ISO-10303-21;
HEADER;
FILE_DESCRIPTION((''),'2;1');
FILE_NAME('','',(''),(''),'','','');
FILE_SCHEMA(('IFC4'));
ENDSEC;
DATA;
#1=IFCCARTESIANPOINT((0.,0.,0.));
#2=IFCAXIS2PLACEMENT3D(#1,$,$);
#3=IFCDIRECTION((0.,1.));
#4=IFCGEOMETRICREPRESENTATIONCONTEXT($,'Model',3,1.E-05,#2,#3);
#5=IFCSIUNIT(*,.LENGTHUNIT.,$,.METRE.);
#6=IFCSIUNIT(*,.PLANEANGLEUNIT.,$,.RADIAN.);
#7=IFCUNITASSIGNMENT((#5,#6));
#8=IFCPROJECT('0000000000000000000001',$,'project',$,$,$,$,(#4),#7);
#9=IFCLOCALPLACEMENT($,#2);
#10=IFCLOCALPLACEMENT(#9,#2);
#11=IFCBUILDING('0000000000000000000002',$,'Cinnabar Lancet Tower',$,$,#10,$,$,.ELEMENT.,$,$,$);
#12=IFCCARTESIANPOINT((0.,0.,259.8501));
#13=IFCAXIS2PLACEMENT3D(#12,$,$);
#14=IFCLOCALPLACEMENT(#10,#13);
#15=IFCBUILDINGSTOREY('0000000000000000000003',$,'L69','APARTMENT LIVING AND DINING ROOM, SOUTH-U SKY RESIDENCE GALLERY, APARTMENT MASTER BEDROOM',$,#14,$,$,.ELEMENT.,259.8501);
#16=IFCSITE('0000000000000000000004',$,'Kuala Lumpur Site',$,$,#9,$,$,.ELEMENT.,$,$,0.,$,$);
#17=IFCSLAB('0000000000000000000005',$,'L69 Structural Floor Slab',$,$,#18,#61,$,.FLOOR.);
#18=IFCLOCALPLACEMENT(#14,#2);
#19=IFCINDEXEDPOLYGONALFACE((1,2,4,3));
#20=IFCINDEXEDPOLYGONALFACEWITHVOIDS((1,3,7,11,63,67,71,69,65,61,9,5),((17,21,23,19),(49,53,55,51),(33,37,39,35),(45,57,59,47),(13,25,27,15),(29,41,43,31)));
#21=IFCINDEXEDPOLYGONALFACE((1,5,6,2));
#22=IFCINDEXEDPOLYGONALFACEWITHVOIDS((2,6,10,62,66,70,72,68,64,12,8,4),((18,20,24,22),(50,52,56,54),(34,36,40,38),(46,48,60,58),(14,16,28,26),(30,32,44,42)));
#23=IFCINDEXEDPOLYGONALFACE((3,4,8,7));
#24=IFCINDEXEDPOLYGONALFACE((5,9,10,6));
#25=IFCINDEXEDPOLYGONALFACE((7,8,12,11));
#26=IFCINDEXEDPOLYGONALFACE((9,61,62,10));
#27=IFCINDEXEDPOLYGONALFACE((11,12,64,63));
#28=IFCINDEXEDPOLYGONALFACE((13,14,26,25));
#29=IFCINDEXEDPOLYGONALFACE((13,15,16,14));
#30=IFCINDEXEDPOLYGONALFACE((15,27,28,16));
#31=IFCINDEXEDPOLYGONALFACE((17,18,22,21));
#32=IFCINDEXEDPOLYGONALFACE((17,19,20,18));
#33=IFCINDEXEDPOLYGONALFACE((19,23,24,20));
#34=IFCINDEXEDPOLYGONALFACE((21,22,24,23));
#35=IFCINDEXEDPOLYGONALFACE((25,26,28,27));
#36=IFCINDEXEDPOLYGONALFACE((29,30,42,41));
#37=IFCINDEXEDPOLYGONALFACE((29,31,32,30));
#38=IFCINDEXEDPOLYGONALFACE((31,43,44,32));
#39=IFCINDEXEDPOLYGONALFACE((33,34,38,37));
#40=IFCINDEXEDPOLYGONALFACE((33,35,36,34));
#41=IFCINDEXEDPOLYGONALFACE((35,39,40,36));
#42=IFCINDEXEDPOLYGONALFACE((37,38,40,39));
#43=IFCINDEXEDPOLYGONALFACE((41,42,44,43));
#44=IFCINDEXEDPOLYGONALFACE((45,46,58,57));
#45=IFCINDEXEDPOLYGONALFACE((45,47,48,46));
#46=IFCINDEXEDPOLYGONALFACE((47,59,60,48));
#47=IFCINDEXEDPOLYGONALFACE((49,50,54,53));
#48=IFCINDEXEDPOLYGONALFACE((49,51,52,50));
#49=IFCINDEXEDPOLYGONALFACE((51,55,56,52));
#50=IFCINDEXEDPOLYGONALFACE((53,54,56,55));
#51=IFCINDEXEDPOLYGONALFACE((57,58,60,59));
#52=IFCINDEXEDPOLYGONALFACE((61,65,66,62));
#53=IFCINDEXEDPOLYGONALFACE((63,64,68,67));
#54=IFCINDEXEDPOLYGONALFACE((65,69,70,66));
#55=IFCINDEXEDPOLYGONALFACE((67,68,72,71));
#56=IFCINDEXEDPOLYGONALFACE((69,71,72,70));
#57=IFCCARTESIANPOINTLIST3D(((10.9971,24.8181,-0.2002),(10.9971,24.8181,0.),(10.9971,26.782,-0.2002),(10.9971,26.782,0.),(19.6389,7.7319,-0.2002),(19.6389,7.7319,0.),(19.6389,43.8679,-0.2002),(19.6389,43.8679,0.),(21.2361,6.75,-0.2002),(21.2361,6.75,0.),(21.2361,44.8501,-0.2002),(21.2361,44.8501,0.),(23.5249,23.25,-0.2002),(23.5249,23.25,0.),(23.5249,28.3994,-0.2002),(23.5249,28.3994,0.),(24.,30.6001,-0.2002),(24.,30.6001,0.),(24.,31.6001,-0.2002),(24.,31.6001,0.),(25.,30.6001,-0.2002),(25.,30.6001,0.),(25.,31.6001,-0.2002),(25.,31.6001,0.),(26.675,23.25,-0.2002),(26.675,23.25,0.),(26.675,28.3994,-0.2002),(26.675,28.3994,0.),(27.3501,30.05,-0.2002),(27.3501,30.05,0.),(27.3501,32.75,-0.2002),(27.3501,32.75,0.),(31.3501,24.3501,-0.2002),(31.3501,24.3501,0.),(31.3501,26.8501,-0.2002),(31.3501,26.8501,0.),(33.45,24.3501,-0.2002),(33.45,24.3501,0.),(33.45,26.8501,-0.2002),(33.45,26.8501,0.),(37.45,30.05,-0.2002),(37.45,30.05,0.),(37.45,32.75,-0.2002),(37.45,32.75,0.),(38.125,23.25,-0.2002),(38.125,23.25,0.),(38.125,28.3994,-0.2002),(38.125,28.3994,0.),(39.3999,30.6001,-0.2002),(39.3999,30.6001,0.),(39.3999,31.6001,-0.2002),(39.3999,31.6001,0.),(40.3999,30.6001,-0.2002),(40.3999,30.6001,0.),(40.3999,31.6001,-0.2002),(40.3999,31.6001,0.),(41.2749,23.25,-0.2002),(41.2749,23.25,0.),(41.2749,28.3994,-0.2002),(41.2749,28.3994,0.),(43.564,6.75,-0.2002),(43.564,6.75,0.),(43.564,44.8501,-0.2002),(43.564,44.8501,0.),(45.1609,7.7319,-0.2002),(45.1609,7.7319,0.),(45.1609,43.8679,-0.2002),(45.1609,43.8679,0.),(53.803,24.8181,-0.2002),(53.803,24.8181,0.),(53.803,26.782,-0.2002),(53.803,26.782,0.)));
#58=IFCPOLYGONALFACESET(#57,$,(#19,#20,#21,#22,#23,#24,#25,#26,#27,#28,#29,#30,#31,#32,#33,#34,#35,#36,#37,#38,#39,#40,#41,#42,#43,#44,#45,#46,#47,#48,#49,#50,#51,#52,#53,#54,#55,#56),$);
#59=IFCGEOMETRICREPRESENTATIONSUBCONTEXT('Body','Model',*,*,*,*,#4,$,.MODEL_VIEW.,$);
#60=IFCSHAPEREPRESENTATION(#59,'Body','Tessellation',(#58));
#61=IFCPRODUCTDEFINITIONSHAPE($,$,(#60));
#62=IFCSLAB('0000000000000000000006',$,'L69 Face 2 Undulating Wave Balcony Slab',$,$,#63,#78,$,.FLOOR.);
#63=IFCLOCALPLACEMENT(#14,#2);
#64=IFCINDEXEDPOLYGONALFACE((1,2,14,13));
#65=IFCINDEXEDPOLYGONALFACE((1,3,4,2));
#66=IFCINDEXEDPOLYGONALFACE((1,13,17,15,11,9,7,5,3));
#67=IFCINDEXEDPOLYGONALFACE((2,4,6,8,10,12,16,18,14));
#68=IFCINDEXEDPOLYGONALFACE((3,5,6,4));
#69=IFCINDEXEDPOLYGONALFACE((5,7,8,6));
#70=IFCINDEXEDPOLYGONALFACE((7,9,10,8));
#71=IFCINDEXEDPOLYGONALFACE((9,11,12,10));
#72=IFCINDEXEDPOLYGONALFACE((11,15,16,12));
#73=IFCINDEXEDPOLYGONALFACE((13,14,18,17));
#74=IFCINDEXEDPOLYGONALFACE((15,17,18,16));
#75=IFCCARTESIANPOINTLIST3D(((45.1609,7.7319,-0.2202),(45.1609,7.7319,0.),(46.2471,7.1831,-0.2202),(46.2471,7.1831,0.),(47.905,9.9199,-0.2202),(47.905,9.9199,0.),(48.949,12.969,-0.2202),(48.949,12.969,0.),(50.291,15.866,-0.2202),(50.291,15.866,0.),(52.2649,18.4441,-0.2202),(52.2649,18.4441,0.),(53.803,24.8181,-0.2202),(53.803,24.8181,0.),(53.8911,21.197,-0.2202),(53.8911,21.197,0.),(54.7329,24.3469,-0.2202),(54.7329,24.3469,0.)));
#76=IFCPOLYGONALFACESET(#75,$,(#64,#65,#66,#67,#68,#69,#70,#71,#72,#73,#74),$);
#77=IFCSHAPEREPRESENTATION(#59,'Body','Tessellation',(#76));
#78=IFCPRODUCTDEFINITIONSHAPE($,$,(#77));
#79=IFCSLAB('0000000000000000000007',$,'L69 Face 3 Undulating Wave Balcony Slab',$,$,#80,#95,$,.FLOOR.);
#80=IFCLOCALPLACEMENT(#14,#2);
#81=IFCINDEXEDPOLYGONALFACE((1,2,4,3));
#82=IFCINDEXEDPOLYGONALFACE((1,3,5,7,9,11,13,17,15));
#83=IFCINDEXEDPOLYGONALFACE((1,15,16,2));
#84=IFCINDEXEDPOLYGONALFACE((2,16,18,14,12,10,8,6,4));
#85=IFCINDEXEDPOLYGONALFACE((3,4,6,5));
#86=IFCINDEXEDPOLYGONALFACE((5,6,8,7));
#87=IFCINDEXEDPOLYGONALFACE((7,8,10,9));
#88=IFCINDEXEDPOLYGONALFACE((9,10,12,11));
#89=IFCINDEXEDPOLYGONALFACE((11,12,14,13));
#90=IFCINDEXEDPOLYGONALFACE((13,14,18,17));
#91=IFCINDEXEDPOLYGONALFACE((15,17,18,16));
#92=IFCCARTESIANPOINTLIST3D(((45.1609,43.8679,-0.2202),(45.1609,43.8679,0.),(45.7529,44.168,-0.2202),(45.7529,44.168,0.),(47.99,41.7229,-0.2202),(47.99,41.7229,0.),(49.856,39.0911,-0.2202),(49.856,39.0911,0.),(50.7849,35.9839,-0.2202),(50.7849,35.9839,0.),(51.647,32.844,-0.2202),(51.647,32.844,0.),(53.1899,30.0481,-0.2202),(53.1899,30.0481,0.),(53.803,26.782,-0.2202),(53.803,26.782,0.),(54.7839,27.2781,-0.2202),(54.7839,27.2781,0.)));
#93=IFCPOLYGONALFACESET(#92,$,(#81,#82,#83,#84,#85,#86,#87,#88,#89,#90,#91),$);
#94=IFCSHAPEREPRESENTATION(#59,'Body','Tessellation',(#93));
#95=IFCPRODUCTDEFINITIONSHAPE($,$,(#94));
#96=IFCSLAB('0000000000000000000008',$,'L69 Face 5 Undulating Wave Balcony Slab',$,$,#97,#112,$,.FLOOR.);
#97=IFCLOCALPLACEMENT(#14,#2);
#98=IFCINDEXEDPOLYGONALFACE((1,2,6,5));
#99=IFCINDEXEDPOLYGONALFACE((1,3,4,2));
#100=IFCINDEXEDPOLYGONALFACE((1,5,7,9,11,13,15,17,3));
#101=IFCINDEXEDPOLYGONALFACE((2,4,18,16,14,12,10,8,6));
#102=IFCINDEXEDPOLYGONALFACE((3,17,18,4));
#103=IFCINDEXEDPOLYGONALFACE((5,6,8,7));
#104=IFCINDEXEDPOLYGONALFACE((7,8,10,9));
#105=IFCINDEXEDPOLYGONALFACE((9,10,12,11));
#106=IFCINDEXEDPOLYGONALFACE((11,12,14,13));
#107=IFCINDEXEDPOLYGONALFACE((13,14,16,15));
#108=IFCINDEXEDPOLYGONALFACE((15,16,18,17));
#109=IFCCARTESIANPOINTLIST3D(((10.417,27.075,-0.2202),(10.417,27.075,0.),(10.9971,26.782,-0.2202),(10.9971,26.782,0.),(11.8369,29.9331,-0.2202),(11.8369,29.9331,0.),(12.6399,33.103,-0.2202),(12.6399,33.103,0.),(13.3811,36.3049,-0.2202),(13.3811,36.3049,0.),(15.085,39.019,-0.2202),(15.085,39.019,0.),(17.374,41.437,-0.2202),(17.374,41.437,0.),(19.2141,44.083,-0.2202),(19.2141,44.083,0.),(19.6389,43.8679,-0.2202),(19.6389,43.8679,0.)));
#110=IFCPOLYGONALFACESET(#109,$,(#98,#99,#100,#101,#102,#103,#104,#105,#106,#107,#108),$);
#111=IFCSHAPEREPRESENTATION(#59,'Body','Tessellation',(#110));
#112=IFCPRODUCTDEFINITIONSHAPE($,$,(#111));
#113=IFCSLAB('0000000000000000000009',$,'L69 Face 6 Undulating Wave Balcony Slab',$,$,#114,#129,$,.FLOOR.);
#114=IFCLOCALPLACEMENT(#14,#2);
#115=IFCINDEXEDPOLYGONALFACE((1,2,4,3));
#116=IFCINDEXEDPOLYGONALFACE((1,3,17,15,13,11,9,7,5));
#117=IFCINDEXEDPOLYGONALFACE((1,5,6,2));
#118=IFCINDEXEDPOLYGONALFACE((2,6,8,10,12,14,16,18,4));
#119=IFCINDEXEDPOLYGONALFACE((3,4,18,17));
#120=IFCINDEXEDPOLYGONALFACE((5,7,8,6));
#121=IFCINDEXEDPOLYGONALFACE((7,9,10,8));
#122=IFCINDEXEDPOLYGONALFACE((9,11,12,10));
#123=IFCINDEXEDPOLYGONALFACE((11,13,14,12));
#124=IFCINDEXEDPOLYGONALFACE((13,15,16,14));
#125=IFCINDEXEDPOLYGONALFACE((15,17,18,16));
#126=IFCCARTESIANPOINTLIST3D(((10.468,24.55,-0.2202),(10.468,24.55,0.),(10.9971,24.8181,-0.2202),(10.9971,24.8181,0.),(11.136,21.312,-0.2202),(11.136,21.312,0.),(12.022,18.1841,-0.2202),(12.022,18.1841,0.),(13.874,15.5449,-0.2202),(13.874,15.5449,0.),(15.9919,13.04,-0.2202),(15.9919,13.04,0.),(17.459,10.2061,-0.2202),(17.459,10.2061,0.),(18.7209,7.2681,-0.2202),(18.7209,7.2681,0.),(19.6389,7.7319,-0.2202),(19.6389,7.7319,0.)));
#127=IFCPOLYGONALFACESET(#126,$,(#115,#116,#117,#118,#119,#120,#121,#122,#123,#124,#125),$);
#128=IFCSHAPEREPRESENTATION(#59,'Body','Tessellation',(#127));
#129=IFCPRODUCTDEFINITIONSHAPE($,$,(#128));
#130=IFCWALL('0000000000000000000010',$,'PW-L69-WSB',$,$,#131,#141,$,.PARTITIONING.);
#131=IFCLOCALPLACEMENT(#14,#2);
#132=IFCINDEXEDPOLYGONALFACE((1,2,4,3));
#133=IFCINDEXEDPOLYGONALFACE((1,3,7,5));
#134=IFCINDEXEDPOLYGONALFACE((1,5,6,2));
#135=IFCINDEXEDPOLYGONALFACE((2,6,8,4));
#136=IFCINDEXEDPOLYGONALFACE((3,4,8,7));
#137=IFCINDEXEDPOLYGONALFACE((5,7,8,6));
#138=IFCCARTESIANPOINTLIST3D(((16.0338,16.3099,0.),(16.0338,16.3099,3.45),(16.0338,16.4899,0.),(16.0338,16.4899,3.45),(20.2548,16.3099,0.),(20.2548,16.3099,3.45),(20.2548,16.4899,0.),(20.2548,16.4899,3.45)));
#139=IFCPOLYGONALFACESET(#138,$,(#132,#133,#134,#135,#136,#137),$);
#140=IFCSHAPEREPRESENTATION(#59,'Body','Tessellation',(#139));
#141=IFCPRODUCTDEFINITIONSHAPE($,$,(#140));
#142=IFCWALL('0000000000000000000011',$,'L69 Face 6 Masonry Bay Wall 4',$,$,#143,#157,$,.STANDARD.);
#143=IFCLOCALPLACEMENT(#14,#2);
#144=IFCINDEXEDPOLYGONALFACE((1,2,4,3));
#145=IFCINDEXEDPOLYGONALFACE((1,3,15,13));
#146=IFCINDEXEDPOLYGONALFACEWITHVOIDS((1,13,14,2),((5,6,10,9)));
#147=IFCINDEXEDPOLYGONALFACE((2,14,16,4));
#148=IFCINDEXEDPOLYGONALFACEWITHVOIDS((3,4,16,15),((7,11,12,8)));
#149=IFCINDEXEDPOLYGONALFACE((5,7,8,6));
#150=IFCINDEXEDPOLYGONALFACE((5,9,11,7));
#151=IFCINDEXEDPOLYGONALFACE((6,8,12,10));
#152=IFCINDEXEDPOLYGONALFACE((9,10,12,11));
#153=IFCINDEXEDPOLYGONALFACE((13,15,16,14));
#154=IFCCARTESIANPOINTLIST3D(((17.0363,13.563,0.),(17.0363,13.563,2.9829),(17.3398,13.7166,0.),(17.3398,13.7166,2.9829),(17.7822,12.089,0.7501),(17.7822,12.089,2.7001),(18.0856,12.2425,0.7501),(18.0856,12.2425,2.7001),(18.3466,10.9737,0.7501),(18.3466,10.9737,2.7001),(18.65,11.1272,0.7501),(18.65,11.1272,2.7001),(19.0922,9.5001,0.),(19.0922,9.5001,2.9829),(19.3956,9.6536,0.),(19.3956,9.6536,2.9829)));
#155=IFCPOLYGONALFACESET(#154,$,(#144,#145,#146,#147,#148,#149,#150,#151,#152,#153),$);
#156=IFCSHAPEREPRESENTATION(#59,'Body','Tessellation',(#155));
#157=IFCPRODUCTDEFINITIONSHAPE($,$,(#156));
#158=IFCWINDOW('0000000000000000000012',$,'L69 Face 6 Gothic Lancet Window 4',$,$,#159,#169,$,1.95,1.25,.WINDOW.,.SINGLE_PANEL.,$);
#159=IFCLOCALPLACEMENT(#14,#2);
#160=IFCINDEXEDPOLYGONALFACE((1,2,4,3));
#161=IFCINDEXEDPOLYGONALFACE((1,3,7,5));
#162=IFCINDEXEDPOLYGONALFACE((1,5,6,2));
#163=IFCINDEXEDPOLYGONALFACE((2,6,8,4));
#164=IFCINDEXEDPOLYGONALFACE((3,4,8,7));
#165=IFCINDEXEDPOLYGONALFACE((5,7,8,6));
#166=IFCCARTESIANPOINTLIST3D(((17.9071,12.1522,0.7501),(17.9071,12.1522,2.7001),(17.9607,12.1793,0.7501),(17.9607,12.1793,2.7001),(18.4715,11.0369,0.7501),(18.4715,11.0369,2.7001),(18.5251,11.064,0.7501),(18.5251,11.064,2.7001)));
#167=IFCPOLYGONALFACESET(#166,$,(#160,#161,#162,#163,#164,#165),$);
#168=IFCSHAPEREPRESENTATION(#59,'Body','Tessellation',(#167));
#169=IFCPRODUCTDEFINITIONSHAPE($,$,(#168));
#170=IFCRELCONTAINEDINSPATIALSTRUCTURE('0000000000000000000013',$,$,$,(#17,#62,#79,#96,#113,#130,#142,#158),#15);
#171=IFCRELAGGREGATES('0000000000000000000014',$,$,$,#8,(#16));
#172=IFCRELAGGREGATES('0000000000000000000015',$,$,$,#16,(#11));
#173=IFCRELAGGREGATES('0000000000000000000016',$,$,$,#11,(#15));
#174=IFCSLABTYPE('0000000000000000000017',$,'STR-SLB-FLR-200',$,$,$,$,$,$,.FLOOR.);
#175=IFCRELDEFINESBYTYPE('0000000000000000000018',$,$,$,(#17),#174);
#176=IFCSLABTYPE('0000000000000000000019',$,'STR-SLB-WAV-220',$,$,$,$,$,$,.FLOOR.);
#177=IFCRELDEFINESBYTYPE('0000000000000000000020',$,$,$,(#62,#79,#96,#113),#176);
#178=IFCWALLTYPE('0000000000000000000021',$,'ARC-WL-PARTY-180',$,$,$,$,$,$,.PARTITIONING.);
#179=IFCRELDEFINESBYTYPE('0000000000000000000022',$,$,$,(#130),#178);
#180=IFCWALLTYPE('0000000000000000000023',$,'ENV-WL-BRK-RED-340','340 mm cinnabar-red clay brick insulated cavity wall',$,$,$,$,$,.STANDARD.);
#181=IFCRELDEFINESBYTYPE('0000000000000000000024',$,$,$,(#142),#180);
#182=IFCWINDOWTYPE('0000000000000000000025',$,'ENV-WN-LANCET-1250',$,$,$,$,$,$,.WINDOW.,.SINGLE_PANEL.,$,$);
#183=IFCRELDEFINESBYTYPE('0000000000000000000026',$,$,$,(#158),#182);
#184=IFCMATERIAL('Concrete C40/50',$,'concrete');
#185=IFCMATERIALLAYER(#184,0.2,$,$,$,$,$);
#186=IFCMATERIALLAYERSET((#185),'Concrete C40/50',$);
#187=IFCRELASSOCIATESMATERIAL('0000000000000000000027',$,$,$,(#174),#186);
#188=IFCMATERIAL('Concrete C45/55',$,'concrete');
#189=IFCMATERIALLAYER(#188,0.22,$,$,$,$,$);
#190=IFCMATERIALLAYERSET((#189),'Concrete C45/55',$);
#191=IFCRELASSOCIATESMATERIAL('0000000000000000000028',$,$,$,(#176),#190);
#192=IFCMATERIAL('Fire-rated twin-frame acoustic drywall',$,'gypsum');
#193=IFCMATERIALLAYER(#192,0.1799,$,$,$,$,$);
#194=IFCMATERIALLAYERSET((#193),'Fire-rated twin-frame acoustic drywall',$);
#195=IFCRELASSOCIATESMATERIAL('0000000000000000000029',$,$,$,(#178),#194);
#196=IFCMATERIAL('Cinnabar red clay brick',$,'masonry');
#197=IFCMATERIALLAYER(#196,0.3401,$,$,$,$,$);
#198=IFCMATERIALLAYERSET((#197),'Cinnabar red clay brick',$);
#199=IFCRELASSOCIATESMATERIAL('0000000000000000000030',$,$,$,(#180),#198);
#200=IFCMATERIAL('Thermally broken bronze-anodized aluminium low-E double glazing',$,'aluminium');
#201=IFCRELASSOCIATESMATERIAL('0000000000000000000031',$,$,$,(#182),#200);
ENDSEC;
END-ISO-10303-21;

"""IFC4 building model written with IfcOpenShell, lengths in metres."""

from ifc_helpers import new_model, si_unit, direction, frame, frame_2d, origin, place, context, subcontext, project, spatial, polyline, rectangle, outline, extrude, material, layer, layer_set, type_object, element, fill, save


model = new_model("IFC4")

# Units and contexts
model_context = context("Model", 3, precision=1e-05, world=origin(), true_north=direction((0.0, 1.0)))
body_context = subcontext(model_context, "Body", "Model", "MODEL_VIEW")
ifc_project = project(units=[si_unit("LENGTHUNIT", "METRE"), si_unit("PLANEANGLEUNIT", "RADIAN")], contexts=[model_context])

# Site, building, storey
site_placement = place(None, origin())
site = spatial("IfcSite", under=ifc_project, at=site_placement, Name="Kuala Lumpur Site", CompositionType="ELEMENT", RefElevation=0.0)
building_placement = place(site_placement, origin())
building = spatial("IfcBuilding", under=site, at=building_placement, Name="Cinnabar Lancet Tower", CompositionType="ELEMENT")
storey_placement = place(building_placement, frame((0.0, 0.0, 259.8501)))
storey = spatial("IfcBuildingStorey", under=building, at=storey_placement, Name="L69", Description="APARTMENT LIVING AND DINING ROOM, SOUTH-U SKY RESIDENCE GALLERY, APARTMENT MASTER BEDROOM", CompositionType="ELEMENT", Elevation=259.8501)

# Slabs
ifc_material_1 = material(Name="Concrete C40/50", Category="concrete")
ifc_layer_1 = layer(ifc_material_1, 0.2)
ifc_layer_set_1 = layer_set([ifc_layer_1], Name="Concrete C40/50")
slab_type_1 = type_object("IfcSlabType", Name="STR-SLB-FLR-200", PredefinedType="FLOOR", material=ifc_layer_set_1)
slab_1_placement = place(storey_placement, frame((0.0, 0.0, -0.2002)))
element("IfcSlab", 1, at=slab_1_placement, inside=storey, type_object=slab_type_1, Name="L69 Structural Floor Slab", PredefinedType="FLOOR", context=body_context, shape_type="SweptSolid", body=[
    extrude(outline(polyline([(19.6389, 7.7319), (21.2361, 6.75), (43.564, 6.75), (45.1609, 7.7319), (53.803, 24.8181), (53.803, 26.782), (45.1609, 43.8679), (43.564, 44.8501), (21.2361, 44.8501), (19.6389, 43.8679), (10.9971, 26.782), (10.9971, 24.8181), (19.6389, 7.7319)]), holes=[polyline([(23.5249, 23.25), (26.675, 23.25), (26.675, 28.3994), (23.5249, 28.3994), (23.5249, 23.25)]), polyline([(38.125, 23.25), (41.2749, 23.25), (41.2749, 28.3994), (38.125, 28.3994), (38.125, 23.25)]), polyline([(27.3501, 30.05), (37.45, 30.05), (37.45, 32.75), (27.3501, 32.75), (27.3501, 30.05)]), polyline([(31.3501, 24.3501), (33.45, 24.3501), (33.45, 26.8501), (31.3501, 26.8501), (31.3501, 24.3501)]), polyline([(24.0, 30.6001), (25.0, 30.6001), (25.0, 31.6001), (24.0, 31.6001), (24.0, 30.6001)]), polyline([(39.3999, 30.6001), (40.3999, 30.6001), (40.3999, 31.6001), (39.3999, 31.6001), (39.3999, 30.6001)])]), origin(), (0.0, 0.0, 1.0), 0.2002),
])
ifc_material_2 = material(Name="Concrete C45/55", Category="concrete")
ifc_layer_2 = layer(ifc_material_2, 0.22)
ifc_layer_set_2 = layer_set([ifc_layer_2], Name="Concrete C45/55")
slab_type_2 = type_object("IfcSlabType", Name="STR-SLB-WAV-220", PredefinedType="FLOOR", material=ifc_layer_set_2)
slab_2_placement = place(storey_placement, frame((0.0, 0.0, -0.2202)))
element("IfcSlab", 2, at=slab_2_placement, inside=storey, type_object=slab_type_2, Name="L69 Face 2 Undulating Wave Balcony Slab", PredefinedType="FLOOR", context=body_context, shape_type="SweptSolid", body=[
    extrude(outline(polyline([(45.1609, 7.7319), (46.2471, 7.1831), (47.905, 9.9199), (48.949, 12.969), (50.291, 15.866), (52.2649, 18.4441), (53.8911, 21.197), (54.7329, 24.3469), (53.803, 24.8181), (45.1609, 7.7319)])), origin(), (0.0, 0.0, 1.0), 0.2202),
])
slab_3_placement = place(storey_placement, frame((0.0, 0.0, -0.2202)))
element("IfcSlab", 3, at=slab_3_placement, inside=storey, type_object=slab_type_2, Name="L69 Face 3 Undulating Wave Balcony Slab", PredefinedType="FLOOR", context=body_context, shape_type="SweptSolid", body=[
    extrude(outline(polyline([(53.803, 26.782), (54.7839, 27.2781), (53.1899, 30.0481), (51.647, 32.844), (50.7849, 35.9839), (49.856, 39.0911), (47.99, 41.7229), (45.7529, 44.168), (45.1609, 43.8679), (53.803, 26.782)])), origin(), (0.0, 0.0, 1.0), 0.2202),
])
slab_4_placement = place(storey_placement, frame((0.0, 0.0, -0.2202)))
element("IfcSlab", 4, at=slab_4_placement, inside=storey, type_object=slab_type_2, Name="L69 Face 5 Undulating Wave Balcony Slab", PredefinedType="FLOOR", context=body_context, shape_type="SweptSolid", body=[
    extrude(outline(polyline([(19.6389, 43.8679), (19.2141, 44.083), (17.374, 41.437), (15.085, 39.019), (13.3811, 36.3049), (12.6399, 33.103), (11.8369, 29.9331), (10.417, 27.075), (10.9971, 26.782), (19.6389, 43.8679)])), origin(), (0.0, 0.0, 1.0), 0.2202),
])
slab_5_placement = place(storey_placement, frame((0.0, 0.0, -0.2202)))
element("IfcSlab", 5, at=slab_5_placement, inside=storey, type_object=slab_type_2, Name="L69 Face 6 Undulating Wave Balcony Slab", PredefinedType="FLOOR", context=body_context, shape_type="SweptSolid", body=[
    extrude(outline(polyline([(10.9971, 24.8181), (10.468, 24.55), (11.136, 21.312), (12.022, 18.1841), (13.874, 15.5449), (15.9919, 13.04), (17.459, 10.2061), (18.7209, 7.2681), (19.6389, 7.7319), (10.9971, 24.8181)])), origin(), (0.0, 0.0, 1.0), 0.2202),
])

# Wall
ifc_material_3 = material(Name="Fire-rated twin-frame acoustic drywall", Category="gypsum")
ifc_layer_3 = layer(ifc_material_3, 0.1799)
ifc_layer_set_3 = layer_set([ifc_layer_3], Name="Fire-rated twin-frame acoustic drywall")
wall_type_1 = type_object("IfcWallType", Name="ARC-WL-PARTY-180", PredefinedType="PARTITIONING", material=ifc_layer_set_3)
wall_1_placement = place(storey_placement, frame((16.0339, 16.3999, 0.0), z_axis=(0.0, 0.0, 1.0), x_axis=(1.0, 0.0, 0.0)))
element("IfcWall", 6, at=wall_1_placement, inside=storey, type_object=wall_type_1, Name="PW-L69-WSB", PredefinedType="PARTITIONING", context=body_context, shape_type="SweptSolid", body=[
    extrude(rectangle(XDim=4.2209, YDim=0.1799, at=frame_2d((2.1104, 0.0))), origin(), (0.0, 0.0, 1.0), 3.45),
])

# Wall, opening, window
ifc_material_4 = material(Name="Cinnabar red clay brick", Category="masonry")
ifc_layer_4 = layer(ifc_material_4, 0.3401)
ifc_layer_set_4 = layer_set([ifc_layer_4], Name="Cinnabar red clay brick")
wall_type_2 = type_object("IfcWallType", Name="ENV-WL-BRK-RED-340", Description="340 mm cinnabar-red clay brick insulated cavity wall", PredefinedType="STANDARD", material=ifc_layer_set_4)
wall_2_placement = place(storey_placement, frame((17.188, 13.6399, 0.0), z_axis=(0.0, 0.0, 1.0), x_axis=(0.451498, -0.892272, 0.0)))
wall_2 = element("IfcWall", 7, at=wall_2_placement, inside=storey, type_object=wall_type_2, Name="L69 Face 6 Masonry Bay Wall 4", PredefinedType="STANDARD", context=body_context, shape_type="SweptSolid", body=[
    extrude(rectangle(XDim=4.5535, YDim=0.3401, at=frame_2d((2.2769, 0.0))), origin(), (0.0, 0.0, 1.0), 2.9829),
])
opening_1_placement = place(wall_2_placement, frame((1.6521, 0.0, 0.75)))
opening_1 = element("IfcOpeningElement", 8, at=opening_1_placement, cuts=wall_2, PredefinedType="OPENING", context=body_context, shape_type="SweptSolid", body=[
    extrude(rectangle(XDim=1.25, YDim=1.95, at=frame_2d((0.625, 0.9751))), frame((0.0, 0.1799, 0.0), z_axis=(0.0, -1.0, 0.0), x_axis=(1.0, 0.0, 0.0)), (0.0, 0.0, 1.0), 0.3601),
])
ifc_material_5 = material(Name="Thermally broken bronze-anodized aluminium low-E double glazing", Category="aluminium")
window_type = type_object("IfcWindowType", Name="ENV-WN-LANCET-1250", PartitioningType="SINGLE_PANEL", PredefinedType="WINDOW", material=ifc_material_5)
window_placement = place(opening_1_placement, origin())
window = element("IfcWindow", 9, at=window_placement, inside=storey, type_object=window_type, Name="L69 Face 6 Gothic Lancet Window 4", OverallHeight=1.95, OverallWidth=1.25, PartitioningType="SINGLE_PANEL", PredefinedType="WINDOW", context=body_context, shape_type="SweptSolid", body=[
    extrude(rectangle(XDim=1.25, YDim=1.95, at=frame_2d((0.625, 0.9751))), frame((0.0, 0.03, 0.0), z_axis=(0.0, -1.0, 0.0), x_axis=(1.0, 0.0, 0.0)), (0.0, 0.0, 1.0), 0.0601),
])
fill(opening_1, window)

save(model, "model.ifc")
